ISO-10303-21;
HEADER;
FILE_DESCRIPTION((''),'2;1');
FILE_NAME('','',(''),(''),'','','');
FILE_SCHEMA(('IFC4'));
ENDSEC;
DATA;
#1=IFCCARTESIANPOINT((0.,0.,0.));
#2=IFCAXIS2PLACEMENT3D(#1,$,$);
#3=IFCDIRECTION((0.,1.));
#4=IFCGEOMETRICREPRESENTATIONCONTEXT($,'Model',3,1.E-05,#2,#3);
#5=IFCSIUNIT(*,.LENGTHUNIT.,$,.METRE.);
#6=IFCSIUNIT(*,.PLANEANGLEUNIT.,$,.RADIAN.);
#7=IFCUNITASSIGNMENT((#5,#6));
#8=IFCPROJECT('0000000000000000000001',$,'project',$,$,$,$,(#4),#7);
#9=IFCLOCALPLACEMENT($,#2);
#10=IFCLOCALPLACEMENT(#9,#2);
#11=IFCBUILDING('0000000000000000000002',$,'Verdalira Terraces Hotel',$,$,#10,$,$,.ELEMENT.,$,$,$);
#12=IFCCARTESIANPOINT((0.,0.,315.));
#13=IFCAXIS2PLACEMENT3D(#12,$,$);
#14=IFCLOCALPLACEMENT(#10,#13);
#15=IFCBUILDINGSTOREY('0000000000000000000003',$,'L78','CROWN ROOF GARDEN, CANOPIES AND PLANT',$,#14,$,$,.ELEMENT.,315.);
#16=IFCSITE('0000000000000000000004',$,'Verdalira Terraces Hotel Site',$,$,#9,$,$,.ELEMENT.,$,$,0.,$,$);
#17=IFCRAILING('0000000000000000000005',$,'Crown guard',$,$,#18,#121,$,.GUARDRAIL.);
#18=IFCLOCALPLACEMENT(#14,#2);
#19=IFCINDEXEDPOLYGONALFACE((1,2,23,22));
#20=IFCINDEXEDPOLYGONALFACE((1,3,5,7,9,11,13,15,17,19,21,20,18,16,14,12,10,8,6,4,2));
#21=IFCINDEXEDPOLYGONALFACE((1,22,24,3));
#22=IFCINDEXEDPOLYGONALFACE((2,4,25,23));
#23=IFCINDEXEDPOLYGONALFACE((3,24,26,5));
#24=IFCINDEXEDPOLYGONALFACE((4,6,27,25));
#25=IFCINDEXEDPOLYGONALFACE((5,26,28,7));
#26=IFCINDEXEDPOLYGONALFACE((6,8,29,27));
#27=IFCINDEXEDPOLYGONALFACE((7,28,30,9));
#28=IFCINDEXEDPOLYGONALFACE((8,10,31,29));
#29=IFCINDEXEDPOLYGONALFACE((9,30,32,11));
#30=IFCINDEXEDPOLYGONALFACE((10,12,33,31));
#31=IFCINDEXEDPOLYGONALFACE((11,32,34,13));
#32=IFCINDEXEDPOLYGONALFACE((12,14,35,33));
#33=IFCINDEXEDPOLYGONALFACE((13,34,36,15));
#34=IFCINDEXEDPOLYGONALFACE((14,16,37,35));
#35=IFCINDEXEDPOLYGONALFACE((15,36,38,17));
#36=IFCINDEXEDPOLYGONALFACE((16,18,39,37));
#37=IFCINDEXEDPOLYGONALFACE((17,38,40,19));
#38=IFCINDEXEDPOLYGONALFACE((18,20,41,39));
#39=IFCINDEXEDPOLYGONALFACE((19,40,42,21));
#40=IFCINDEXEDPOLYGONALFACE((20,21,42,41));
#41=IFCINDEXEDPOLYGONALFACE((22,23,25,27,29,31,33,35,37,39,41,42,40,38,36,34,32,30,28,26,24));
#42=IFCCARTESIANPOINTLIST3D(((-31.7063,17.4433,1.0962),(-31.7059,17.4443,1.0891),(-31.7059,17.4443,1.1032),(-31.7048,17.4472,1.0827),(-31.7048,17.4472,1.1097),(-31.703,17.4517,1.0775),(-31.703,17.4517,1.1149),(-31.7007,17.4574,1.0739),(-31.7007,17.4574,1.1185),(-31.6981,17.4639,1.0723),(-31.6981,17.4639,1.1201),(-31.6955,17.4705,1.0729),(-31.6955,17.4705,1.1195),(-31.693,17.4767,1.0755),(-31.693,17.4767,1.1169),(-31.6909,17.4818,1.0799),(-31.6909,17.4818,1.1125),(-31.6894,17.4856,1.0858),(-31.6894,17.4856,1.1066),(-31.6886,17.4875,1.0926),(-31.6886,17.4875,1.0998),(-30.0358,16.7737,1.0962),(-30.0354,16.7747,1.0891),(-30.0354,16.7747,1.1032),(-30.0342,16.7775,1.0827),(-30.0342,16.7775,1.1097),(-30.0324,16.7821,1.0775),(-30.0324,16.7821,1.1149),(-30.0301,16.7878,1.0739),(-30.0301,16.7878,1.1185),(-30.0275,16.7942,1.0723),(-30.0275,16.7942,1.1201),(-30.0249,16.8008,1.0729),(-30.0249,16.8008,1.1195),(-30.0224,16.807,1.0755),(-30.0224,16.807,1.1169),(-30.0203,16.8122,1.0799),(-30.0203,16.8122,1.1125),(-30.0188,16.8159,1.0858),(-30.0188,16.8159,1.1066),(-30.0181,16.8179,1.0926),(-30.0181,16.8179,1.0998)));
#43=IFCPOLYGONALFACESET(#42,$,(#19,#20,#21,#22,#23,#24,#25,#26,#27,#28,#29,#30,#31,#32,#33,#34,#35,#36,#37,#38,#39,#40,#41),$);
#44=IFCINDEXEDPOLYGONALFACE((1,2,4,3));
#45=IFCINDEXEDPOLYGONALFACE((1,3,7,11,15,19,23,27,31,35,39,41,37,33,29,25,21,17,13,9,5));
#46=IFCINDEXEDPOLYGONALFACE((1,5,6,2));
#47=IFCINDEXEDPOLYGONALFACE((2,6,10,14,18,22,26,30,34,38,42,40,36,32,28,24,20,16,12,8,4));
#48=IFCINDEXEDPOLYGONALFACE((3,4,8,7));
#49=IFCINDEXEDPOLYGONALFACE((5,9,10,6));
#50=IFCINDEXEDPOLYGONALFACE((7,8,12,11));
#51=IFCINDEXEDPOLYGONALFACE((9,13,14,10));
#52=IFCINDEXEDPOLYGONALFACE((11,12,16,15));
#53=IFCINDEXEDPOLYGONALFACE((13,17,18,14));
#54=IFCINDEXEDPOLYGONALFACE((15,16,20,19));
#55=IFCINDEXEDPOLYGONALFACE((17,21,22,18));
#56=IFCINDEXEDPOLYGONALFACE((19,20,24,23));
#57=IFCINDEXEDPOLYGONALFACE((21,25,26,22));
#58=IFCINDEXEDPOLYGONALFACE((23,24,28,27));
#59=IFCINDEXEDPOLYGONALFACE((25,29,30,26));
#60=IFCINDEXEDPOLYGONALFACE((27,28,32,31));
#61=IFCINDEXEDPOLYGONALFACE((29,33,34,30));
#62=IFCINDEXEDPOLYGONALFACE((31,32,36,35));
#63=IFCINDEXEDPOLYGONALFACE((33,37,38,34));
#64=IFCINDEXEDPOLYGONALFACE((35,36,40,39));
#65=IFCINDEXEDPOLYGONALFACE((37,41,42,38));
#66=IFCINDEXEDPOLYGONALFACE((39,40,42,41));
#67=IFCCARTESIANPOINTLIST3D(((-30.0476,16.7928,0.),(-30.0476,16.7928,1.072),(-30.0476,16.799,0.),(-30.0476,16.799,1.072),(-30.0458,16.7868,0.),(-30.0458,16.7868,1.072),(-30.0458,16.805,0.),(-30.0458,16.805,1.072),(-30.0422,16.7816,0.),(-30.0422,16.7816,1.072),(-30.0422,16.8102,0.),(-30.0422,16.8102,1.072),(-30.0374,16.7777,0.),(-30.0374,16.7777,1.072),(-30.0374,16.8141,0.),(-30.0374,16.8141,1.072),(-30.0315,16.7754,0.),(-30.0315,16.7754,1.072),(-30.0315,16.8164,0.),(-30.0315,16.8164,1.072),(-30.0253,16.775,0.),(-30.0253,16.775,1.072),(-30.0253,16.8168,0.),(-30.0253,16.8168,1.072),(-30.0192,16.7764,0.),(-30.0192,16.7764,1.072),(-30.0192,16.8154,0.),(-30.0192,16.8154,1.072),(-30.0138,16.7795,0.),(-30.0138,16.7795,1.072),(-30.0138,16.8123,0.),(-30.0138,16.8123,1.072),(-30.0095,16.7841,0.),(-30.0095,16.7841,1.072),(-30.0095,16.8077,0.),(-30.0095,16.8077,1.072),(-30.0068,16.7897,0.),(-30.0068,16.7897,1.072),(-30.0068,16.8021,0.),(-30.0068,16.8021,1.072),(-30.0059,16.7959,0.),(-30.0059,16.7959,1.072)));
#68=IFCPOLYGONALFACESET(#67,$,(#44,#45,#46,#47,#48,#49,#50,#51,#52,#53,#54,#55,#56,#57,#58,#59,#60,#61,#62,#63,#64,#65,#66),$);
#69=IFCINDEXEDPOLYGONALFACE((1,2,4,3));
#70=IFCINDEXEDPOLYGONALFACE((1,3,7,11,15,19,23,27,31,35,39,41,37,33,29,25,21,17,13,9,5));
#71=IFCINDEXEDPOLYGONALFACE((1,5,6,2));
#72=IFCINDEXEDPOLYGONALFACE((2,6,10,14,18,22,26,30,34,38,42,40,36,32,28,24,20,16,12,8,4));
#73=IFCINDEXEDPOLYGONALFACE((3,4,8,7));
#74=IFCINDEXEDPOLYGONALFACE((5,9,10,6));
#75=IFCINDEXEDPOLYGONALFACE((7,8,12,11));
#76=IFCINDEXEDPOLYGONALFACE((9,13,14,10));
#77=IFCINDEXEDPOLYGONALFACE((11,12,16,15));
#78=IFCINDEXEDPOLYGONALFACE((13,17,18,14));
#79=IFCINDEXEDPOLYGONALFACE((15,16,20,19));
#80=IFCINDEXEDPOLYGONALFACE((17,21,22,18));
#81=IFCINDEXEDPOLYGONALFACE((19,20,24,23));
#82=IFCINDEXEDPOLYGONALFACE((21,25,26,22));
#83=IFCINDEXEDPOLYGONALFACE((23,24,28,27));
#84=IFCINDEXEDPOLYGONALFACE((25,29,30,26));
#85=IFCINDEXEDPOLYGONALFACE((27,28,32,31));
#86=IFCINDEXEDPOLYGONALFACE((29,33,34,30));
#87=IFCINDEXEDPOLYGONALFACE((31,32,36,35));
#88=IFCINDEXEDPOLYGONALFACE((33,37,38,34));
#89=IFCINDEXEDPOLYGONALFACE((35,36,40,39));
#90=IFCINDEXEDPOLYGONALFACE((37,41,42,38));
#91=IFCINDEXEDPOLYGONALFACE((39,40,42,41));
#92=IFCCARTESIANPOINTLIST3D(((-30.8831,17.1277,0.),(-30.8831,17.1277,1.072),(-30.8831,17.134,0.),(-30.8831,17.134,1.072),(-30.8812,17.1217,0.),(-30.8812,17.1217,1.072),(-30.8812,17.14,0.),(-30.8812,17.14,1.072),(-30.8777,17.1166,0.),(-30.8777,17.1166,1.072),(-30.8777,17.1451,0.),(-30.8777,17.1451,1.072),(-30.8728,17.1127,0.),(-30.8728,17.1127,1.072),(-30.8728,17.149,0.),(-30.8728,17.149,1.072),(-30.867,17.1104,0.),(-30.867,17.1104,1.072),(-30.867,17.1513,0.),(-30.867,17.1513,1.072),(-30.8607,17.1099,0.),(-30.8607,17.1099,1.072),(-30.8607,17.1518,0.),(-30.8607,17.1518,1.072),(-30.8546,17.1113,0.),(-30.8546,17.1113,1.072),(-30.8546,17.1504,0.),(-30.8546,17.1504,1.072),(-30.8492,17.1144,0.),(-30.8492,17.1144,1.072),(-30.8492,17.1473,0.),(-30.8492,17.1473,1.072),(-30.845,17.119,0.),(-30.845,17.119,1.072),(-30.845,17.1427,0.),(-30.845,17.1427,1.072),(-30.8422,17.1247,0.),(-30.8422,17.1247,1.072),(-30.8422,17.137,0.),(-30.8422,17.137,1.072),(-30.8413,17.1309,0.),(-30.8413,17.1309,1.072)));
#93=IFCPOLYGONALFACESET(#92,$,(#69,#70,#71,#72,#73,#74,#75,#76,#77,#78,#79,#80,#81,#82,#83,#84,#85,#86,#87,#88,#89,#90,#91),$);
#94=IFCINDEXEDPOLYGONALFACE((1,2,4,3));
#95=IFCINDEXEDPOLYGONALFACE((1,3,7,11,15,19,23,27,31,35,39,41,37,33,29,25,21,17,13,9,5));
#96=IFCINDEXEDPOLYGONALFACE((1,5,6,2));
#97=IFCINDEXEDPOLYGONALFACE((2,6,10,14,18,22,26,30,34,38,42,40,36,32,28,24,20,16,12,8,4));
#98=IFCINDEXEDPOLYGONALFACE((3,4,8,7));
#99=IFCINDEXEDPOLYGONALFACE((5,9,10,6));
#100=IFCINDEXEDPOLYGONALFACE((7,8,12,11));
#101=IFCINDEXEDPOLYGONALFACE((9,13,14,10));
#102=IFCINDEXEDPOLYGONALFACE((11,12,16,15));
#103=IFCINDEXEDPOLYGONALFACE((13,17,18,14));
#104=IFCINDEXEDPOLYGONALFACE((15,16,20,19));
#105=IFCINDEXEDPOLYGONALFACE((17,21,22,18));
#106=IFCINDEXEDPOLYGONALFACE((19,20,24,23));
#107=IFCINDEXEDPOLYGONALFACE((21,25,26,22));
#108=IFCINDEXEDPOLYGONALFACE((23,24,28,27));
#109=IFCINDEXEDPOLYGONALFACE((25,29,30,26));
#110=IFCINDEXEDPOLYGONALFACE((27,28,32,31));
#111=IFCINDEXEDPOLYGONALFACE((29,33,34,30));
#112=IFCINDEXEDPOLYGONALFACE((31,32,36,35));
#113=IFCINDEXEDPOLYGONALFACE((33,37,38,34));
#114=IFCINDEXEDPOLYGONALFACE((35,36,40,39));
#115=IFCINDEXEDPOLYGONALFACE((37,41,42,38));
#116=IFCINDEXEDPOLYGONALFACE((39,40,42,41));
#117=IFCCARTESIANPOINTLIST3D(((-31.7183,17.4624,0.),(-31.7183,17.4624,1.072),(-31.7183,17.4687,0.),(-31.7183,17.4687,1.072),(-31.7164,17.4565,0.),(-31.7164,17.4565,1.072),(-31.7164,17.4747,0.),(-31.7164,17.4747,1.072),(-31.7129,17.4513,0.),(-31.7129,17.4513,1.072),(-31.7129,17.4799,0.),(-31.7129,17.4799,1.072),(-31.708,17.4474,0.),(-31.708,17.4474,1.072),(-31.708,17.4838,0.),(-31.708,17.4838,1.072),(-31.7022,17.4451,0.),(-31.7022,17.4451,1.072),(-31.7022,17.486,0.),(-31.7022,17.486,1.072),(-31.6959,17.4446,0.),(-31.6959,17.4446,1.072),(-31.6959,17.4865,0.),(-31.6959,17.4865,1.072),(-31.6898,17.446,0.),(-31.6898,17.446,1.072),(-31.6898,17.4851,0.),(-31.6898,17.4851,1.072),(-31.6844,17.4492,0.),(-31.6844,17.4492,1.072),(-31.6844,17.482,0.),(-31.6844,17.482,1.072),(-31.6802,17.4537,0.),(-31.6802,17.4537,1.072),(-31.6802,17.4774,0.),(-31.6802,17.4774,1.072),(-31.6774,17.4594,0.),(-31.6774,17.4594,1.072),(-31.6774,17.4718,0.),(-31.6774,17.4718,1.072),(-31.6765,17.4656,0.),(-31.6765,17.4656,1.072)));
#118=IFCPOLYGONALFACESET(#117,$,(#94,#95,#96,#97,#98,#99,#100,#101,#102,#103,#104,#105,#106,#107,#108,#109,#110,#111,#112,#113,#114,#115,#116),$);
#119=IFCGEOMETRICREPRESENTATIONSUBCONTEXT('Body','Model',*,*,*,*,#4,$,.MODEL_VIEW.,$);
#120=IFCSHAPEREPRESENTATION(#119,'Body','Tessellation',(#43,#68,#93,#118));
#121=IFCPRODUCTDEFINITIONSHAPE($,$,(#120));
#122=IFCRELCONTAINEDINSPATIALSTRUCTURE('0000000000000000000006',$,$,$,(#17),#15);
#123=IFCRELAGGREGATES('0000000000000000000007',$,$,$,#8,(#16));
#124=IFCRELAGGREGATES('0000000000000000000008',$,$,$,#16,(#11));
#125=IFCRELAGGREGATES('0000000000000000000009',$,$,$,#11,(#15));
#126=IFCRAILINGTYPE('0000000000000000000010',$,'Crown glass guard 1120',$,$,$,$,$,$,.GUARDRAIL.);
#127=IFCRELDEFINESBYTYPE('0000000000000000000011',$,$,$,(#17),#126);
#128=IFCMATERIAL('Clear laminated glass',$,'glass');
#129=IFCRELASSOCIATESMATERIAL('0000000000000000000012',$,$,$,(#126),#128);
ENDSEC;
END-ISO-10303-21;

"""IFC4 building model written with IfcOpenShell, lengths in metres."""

from ifc_helpers import new_model, si_unit, direction, frame, origin, origin_2d, place, context, subcontext, project, spatial, circle, extrude, material, type_object, element, save


model = new_model("IFC4")

# Units and contexts
model_context = context("Model", 3, precision=1e-05, world=origin(), true_north=direction((0.0, 1.0)))
body_context = subcontext(model_context, "Body", "Model", "MODEL_VIEW")
ifc_project = project(units=[si_unit("LENGTHUNIT", "METRE"), si_unit("PLANEANGLEUNIT", "RADIAN")], contexts=[model_context])

# Site, building, storey
site_placement = place(None, origin())
site = spatial("IfcSite", under=ifc_project, at=site_placement, Name="Verdalira Terraces Hotel Site", CompositionType="ELEMENT", RefElevation=0.0)
building_placement = place(site_placement, origin())
building = spatial("IfcBuilding", under=site, at=building_placement, Name="Verdalira Terraces Hotel", CompositionType="ELEMENT")
storey_placement = place(building_placement, frame((0.0, 0.0, 315.0)))
storey = spatial("IfcBuildingStorey", under=building, at=storey_placement, Name="L78", Description="CROWN ROOF GARDEN, CANOPIES AND PLANT", CompositionType="ELEMENT", Elevation=315.0)

# Railing
ifc_material_1 = material(Name="Clear laminated glass", Category="glass")
railing_type = type_object("IfcRailingType", Name="Crown glass guard 1120", PredefinedType="GUARDRAIL", material=ifc_material_1)
railing_1_placement = place(storey_placement, frame((-30.0269, 16.7959, 0.0)))
element("IfcRailing", 1, at=railing_1_placement, inside=storey, type_object=railing_type, Name="Crown guard", PredefinedType="GUARDRAIL", context=body_context, shape_type="SweptSolid", body=[
    extrude(circle(Radius=0.0239, at=origin_2d()), frame((0.0, 0.0, 1.0962), z_axis=(-0.928205, 0.372069, 0.0), x_axis=(-0.372069, -0.928205, 0.0)), (0.0, 0.0, 1.0), 1.7998),
    extrude(circle(Radius=0.021, at=origin_2d()), origin(), (0.0, 0.0, 1.0), 1.072),
    extrude(circle(Radius=0.021, at=origin_2d()), frame((-0.8354, 0.335, 0.0)), (0.0, 0.0, 1.0), 1.072),
    extrude(circle(Radius=0.021, at=origin_2d()), frame((-1.6707, 0.6697, 0.0)), (0.0, 0.0, 1.0), 1.072),
])

save(model, "model.ifc")
